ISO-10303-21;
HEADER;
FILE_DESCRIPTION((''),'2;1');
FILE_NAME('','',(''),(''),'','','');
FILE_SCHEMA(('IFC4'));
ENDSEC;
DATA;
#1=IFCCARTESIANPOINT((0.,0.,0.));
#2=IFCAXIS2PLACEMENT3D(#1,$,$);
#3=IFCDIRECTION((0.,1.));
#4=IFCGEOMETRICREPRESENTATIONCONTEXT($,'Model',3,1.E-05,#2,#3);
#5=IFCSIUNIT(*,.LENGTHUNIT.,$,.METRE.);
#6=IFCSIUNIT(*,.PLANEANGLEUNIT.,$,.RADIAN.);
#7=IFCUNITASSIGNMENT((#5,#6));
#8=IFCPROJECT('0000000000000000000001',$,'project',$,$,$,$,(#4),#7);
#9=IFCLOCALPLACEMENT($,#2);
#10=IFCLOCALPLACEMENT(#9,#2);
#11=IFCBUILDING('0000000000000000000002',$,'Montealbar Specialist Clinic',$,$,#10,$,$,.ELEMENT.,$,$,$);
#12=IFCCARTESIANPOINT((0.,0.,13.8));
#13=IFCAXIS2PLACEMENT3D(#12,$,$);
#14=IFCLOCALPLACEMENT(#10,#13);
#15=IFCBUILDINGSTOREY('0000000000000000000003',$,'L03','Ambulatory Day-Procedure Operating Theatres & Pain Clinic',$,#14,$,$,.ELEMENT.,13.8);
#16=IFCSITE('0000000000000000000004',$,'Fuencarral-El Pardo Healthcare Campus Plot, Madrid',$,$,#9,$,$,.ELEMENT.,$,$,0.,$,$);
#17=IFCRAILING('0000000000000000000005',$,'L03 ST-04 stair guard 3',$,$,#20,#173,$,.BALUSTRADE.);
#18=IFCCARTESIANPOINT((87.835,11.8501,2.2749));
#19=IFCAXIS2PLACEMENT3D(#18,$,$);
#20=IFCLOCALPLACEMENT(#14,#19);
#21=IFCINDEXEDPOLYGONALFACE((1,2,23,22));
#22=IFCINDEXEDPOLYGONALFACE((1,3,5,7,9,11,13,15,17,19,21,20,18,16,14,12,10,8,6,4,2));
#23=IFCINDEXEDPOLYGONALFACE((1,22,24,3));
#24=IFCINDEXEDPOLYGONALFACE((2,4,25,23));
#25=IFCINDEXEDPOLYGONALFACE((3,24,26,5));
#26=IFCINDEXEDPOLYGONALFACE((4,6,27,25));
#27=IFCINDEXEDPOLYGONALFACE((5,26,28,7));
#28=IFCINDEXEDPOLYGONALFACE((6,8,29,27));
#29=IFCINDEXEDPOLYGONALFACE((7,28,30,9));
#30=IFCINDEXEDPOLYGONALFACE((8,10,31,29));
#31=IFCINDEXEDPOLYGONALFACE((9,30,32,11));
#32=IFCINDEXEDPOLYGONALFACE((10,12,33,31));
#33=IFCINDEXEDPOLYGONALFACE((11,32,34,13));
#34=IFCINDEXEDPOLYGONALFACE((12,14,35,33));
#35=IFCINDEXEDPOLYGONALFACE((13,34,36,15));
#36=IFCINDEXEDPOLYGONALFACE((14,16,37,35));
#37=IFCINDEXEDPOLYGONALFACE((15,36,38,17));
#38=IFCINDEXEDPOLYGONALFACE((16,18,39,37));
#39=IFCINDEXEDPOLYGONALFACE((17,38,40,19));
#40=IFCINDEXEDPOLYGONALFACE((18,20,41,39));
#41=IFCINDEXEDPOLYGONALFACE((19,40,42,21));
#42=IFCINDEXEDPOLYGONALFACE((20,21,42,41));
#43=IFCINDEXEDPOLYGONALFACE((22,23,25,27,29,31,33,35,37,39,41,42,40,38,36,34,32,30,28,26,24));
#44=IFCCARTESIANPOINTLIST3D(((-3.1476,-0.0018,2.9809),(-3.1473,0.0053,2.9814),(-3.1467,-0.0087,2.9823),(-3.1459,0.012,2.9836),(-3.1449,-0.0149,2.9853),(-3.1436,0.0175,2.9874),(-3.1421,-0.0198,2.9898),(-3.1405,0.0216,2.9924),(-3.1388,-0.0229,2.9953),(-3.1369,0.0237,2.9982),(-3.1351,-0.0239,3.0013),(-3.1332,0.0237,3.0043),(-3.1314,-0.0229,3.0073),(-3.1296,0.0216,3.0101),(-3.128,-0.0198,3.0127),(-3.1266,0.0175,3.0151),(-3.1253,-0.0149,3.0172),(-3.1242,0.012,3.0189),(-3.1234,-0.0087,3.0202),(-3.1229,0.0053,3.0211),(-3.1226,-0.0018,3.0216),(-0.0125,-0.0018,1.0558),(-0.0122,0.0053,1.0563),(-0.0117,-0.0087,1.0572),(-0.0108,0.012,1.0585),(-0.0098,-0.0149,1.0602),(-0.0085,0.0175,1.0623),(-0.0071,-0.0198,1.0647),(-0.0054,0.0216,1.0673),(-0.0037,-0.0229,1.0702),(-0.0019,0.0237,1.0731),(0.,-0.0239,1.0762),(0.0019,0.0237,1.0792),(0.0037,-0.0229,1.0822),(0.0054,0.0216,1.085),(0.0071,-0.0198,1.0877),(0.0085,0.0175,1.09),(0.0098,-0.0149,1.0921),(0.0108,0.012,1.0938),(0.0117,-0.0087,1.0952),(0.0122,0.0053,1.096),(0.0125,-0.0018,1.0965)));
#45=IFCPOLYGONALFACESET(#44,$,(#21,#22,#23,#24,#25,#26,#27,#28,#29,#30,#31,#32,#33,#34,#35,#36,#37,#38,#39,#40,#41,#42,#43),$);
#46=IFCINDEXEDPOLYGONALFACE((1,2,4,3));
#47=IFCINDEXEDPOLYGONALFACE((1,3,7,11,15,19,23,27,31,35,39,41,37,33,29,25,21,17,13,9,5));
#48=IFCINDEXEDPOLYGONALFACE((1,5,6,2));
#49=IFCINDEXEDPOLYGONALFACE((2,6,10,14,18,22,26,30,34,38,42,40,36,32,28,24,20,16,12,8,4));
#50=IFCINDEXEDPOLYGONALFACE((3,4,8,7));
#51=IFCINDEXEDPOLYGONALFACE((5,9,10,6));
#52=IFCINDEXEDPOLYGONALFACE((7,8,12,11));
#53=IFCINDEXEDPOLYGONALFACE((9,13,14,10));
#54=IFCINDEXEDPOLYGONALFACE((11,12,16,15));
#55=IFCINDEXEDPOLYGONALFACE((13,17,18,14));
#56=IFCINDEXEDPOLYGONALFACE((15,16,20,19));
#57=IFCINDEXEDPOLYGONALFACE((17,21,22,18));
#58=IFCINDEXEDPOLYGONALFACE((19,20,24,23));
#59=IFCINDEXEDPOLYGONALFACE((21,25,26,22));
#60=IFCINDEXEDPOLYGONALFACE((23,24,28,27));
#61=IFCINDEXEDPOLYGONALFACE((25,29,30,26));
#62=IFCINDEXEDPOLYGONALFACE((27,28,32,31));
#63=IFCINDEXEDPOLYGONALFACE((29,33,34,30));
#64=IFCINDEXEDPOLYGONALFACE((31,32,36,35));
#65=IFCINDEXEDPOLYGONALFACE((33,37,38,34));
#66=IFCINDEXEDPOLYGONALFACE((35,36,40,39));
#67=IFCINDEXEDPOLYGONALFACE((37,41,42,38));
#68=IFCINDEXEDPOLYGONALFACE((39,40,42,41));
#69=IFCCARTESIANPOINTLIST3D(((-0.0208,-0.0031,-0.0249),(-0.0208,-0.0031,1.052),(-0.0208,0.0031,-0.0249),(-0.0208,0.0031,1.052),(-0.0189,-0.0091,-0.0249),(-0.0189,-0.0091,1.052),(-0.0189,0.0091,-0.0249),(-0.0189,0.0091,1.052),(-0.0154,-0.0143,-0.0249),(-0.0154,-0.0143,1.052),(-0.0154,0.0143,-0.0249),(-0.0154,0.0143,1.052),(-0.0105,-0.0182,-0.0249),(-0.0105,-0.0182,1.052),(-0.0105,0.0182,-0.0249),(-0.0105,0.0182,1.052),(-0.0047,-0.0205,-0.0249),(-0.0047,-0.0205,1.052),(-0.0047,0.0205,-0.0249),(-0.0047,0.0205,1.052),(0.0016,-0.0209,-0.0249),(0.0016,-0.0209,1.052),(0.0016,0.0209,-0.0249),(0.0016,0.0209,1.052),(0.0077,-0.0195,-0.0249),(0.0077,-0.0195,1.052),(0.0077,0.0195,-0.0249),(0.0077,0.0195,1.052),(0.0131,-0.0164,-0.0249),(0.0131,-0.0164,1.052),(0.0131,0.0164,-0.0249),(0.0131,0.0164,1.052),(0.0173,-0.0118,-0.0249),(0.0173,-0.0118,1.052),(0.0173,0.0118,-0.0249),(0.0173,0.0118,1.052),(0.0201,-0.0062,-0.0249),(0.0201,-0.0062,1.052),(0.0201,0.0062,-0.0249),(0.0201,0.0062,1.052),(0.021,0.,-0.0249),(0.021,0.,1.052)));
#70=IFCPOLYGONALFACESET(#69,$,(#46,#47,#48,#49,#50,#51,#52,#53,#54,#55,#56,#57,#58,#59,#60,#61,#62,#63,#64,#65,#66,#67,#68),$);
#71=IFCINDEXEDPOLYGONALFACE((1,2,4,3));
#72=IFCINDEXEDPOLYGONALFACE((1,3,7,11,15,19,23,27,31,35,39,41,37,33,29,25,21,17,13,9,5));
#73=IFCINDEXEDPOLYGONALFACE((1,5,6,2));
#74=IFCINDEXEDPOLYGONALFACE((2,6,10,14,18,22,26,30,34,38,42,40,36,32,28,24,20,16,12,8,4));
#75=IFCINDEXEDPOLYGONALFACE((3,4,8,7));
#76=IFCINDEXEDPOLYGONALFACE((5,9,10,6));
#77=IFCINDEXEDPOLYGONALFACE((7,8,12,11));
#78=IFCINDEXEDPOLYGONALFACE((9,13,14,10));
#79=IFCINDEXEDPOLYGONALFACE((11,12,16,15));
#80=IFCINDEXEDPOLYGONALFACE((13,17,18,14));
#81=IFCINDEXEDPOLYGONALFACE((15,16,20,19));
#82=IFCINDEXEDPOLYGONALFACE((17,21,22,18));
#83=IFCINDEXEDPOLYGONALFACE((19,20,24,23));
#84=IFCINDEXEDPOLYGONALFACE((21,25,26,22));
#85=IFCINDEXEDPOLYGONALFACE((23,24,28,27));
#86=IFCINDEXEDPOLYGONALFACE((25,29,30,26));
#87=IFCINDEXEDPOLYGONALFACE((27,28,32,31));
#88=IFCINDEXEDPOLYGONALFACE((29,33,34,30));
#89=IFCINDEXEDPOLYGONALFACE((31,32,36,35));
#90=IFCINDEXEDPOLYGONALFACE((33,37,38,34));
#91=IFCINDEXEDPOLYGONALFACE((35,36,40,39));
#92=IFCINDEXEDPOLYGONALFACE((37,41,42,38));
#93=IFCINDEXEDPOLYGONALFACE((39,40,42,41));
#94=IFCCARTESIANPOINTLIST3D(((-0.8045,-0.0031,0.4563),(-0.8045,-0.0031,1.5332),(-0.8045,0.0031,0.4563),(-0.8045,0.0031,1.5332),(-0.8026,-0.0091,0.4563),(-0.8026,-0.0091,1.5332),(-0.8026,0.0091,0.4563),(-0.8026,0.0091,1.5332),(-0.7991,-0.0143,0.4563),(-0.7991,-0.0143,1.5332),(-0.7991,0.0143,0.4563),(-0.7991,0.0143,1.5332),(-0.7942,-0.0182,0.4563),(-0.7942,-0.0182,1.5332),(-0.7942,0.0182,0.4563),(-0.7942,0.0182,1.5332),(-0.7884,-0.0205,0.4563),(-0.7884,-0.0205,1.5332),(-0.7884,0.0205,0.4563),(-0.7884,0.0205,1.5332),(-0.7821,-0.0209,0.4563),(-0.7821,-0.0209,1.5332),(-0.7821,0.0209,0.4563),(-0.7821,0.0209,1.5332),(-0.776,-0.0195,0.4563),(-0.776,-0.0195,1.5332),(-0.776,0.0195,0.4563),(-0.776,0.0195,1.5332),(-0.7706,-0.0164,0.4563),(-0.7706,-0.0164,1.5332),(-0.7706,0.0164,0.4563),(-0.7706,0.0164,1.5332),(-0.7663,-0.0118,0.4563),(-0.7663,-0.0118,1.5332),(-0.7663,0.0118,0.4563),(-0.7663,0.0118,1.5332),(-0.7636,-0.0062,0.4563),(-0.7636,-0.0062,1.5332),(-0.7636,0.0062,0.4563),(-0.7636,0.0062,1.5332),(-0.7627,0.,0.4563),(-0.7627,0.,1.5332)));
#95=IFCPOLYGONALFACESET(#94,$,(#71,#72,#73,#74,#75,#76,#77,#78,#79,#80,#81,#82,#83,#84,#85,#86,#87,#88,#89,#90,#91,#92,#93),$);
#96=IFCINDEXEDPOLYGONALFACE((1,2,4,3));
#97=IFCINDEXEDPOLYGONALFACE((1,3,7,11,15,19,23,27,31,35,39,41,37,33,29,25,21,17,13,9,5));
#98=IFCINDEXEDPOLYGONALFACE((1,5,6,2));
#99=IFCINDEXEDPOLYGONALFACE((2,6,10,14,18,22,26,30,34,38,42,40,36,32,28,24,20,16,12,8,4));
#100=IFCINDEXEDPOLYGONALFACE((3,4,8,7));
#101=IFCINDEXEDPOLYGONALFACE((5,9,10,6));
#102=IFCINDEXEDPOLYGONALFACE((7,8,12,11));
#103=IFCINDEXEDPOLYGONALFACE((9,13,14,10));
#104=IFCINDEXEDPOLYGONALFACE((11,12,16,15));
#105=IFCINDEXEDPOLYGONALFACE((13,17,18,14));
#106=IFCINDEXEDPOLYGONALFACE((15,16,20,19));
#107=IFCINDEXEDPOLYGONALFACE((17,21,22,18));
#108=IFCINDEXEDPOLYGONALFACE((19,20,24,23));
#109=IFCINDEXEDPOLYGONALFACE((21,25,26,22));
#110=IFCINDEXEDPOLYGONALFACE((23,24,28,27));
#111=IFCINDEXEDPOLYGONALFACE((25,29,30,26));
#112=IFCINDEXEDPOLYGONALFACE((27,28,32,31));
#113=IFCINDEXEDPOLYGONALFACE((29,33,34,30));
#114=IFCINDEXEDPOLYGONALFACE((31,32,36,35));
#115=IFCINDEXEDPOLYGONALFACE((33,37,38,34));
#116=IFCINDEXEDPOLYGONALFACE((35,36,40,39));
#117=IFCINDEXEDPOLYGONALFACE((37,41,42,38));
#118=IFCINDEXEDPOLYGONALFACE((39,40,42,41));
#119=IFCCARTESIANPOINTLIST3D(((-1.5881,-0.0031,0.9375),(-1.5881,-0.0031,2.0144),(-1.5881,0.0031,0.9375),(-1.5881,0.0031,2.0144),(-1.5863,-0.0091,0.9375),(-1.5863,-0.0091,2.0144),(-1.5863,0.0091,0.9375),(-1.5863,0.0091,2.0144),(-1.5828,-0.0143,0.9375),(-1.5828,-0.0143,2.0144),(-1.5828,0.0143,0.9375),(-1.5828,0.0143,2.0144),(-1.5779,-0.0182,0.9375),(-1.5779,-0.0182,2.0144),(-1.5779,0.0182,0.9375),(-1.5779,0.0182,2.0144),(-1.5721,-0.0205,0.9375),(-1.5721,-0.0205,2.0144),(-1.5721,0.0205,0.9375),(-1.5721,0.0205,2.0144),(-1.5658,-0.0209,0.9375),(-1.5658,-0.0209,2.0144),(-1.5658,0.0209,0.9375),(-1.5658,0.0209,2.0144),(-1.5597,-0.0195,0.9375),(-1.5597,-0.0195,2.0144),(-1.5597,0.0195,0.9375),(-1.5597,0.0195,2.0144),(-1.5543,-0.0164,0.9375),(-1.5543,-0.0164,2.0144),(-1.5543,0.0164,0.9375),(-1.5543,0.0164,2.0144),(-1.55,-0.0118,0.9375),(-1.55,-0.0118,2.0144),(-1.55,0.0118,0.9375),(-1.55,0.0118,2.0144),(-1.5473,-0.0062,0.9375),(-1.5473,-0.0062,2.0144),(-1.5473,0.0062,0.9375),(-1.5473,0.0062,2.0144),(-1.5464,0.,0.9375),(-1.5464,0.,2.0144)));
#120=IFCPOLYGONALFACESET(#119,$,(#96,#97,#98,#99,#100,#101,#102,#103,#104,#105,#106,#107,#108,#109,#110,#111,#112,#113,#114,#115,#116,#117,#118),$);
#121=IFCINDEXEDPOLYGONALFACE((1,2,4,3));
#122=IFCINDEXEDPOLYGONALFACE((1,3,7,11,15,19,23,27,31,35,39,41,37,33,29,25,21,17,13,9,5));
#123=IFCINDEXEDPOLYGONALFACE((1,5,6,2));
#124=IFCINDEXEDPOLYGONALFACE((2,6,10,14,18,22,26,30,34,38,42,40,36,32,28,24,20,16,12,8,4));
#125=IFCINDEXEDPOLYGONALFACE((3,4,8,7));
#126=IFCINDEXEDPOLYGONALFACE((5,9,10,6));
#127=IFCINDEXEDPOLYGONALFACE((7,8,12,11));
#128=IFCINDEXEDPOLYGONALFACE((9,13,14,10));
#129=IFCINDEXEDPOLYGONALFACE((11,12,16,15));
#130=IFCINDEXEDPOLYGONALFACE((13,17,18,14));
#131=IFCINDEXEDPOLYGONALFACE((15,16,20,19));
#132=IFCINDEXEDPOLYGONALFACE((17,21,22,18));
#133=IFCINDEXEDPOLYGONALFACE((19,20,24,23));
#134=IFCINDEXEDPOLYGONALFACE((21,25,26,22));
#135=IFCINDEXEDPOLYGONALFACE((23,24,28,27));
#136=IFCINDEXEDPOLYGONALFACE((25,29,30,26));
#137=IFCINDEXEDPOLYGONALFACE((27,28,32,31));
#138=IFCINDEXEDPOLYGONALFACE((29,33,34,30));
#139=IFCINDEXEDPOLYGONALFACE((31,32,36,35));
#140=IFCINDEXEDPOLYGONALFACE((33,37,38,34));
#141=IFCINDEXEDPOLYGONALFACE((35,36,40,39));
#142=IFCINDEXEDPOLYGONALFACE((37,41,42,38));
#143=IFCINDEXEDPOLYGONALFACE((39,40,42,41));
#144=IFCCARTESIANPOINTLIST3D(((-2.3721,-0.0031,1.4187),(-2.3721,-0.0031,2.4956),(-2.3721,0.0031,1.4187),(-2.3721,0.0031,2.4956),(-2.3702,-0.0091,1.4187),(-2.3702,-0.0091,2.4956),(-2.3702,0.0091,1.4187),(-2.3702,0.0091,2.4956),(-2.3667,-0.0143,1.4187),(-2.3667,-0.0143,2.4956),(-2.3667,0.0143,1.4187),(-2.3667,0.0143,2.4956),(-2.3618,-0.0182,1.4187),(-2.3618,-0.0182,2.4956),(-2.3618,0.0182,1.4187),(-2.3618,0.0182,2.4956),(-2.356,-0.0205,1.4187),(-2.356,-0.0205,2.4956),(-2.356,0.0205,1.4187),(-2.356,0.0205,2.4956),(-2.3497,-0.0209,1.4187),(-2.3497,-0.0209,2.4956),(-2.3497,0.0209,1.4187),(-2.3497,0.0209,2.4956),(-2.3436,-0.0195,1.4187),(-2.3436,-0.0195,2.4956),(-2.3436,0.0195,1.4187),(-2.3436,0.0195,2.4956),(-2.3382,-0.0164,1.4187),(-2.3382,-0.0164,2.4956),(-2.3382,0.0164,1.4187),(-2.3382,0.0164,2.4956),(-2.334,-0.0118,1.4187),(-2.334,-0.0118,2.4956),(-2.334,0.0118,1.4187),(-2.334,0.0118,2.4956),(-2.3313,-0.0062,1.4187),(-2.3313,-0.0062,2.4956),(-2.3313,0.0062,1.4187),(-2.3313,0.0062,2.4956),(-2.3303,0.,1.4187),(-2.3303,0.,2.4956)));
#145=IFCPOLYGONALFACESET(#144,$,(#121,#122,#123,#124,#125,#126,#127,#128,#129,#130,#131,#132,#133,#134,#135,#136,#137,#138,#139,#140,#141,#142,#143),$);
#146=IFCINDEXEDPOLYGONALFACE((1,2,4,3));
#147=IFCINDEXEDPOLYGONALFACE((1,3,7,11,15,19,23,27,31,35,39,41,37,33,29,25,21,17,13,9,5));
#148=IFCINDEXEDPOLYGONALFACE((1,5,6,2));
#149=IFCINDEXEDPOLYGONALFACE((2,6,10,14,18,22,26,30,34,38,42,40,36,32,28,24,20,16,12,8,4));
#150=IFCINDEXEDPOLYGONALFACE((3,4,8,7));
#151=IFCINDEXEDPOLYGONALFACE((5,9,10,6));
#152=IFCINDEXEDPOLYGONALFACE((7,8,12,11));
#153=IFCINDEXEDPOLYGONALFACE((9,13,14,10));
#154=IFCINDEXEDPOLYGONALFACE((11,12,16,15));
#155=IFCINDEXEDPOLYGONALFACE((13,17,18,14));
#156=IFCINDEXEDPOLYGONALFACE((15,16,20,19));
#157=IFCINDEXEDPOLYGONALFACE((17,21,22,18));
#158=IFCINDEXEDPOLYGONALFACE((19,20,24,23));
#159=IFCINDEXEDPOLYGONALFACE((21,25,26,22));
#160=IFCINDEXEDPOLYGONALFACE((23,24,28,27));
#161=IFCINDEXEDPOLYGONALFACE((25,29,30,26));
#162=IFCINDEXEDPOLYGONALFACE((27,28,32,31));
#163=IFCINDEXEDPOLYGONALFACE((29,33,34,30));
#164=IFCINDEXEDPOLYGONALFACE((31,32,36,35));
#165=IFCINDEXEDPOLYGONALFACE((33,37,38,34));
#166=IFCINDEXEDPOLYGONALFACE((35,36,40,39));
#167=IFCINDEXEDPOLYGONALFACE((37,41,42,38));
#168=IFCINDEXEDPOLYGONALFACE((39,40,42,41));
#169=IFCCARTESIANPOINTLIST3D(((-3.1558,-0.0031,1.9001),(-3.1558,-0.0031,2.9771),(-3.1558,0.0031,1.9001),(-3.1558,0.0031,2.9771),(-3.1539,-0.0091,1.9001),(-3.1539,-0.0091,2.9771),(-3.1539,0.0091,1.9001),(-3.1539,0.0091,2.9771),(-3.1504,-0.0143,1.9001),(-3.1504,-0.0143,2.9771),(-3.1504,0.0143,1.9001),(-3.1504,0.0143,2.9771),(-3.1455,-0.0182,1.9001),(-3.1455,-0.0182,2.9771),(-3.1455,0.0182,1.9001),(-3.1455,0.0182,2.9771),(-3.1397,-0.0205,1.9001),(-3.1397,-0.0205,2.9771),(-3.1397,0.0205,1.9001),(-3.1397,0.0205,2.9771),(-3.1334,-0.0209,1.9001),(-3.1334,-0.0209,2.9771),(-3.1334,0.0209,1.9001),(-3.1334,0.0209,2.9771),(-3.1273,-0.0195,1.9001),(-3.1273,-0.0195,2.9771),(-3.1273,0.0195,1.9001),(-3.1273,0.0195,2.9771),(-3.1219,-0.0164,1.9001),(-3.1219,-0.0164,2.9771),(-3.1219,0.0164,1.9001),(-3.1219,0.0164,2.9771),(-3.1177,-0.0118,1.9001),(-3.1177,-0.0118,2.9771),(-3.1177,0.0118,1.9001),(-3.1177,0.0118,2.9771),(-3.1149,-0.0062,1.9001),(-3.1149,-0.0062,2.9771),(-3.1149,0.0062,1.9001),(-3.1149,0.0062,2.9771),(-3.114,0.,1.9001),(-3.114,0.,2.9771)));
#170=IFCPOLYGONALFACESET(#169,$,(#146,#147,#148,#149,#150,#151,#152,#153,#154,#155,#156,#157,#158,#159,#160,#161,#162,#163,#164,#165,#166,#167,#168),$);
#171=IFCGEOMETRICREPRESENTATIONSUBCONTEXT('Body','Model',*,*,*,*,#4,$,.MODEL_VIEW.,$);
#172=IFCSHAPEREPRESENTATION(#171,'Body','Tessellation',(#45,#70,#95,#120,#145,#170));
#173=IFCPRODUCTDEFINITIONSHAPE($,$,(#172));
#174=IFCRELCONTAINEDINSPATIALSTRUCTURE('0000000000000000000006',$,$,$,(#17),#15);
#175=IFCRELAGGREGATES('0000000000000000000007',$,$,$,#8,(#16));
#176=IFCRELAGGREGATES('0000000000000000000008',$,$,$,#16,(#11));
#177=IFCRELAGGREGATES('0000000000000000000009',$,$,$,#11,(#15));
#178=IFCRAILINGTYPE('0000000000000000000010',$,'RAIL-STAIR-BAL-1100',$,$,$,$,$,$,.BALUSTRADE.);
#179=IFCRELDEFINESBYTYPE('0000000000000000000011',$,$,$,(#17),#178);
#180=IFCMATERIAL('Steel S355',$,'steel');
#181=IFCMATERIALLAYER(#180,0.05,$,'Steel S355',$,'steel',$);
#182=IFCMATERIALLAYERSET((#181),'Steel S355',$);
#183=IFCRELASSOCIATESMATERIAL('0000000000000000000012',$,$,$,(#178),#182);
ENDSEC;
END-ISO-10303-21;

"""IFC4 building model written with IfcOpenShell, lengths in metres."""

from ifc_helpers import new_model, si_unit, direction, frame, origin, origin_2d, place, context, subcontext, project, spatial, circle, extrude, material, layer, layer_set, type_object, element, save


model = new_model("IFC4")

# Units and contexts
model_context = context("Model", 3, precision=1e-05, world=origin(), true_north=direction((0.0, 1.0)))
body_context = subcontext(model_context, "Body", "Model", "MODEL_VIEW")
ifc_project = project(units=[si_unit("LENGTHUNIT", "METRE"), si_unit("PLANEANGLEUNIT", "RADIAN")], contexts=[model_context])

# Site, building, storey
site_placement = place(None, origin())
site = spatial("IfcSite", under=ifc_project, at=site_placement, Name="Fuencarral-El Pardo Healthcare Campus Plot, Madrid", CompositionType="ELEMENT", RefElevation=0.0)
building_placement = place(site_placement, origin())
building = spatial("IfcBuilding", under=site, at=building_placement, Name="Montealbar Specialist Clinic", CompositionType="ELEMENT")
storey_placement = place(building_placement, frame((0.0, 0.0, 13.8)))
storey = spatial("IfcBuildingStorey", under=building, at=storey_placement, Name="L03", Description="Ambulatory Day-Procedure Operating Theatres & Pain Clinic", CompositionType="ELEMENT", Elevation=13.8)

# Shared definitions
ifc_material_1 = material(Name="Steel S355", Category="steel")

# Railing
ifc_layer_1 = layer(ifc_material_1, 0.05, Name="Steel S355", Category="steel")
ifc_layer_set_1 = layer_set([ifc_layer_1], Name="Steel S355")
railing_type_1 = type_object("IfcRailingType", Name="RAIL-STAIR-BAL-1100", PredefinedType="BALUSTRADE", material=ifc_layer_set_1)
railing_1_placement = place(storey_placement, frame((87.835, 11.8501, 2.2749)))
element("IfcRailing", 1, at=railing_1_placement, inside=storey, type_object=railing_type_1, Name="L03 ST-04 stair guard 3", PredefinedType="BALUSTRADE", context=body_context, shape_type="SweptSolid", body=[
    extrude(circle(Radius=0.0239, at=origin_2d()), frame((0.0, 0.0, 1.0762), z_axis=(-0.852166, 0.0, 0.523271), x_axis=(0.0, -1.0, 0.0)), (0.0, 0.0, 1.0), 3.679),
    extrude(circle(Radius=0.021, at=origin_2d()), frame((0.0, 0.0, -0.0249)), (0.0, 0.0, 1.0), 1.0769),
    extrude(circle(Radius=0.021, at=origin_2d()), frame((-0.7837, 0.0, 0.4563)), (0.0, 0.0, 1.0), 1.0769),
    extrude(circle(Radius=0.021, at=origin_2d()), frame((-1.5674, 0.0, 0.9375)), (0.0, 0.0, 1.0), 1.0769),
    extrude(circle(Radius=0.021, at=origin_2d()), frame((-2.3513, 0.0, 1.4187)), (0.0, 0.0, 1.0), 1.0769),
    extrude(circle(Radius=0.021, at=origin_2d()), frame((-3.135, 0.0, 1.9001)), (0.0, 0.0, 1.0), 1.0769),
])

save(model, "model.ifc")
